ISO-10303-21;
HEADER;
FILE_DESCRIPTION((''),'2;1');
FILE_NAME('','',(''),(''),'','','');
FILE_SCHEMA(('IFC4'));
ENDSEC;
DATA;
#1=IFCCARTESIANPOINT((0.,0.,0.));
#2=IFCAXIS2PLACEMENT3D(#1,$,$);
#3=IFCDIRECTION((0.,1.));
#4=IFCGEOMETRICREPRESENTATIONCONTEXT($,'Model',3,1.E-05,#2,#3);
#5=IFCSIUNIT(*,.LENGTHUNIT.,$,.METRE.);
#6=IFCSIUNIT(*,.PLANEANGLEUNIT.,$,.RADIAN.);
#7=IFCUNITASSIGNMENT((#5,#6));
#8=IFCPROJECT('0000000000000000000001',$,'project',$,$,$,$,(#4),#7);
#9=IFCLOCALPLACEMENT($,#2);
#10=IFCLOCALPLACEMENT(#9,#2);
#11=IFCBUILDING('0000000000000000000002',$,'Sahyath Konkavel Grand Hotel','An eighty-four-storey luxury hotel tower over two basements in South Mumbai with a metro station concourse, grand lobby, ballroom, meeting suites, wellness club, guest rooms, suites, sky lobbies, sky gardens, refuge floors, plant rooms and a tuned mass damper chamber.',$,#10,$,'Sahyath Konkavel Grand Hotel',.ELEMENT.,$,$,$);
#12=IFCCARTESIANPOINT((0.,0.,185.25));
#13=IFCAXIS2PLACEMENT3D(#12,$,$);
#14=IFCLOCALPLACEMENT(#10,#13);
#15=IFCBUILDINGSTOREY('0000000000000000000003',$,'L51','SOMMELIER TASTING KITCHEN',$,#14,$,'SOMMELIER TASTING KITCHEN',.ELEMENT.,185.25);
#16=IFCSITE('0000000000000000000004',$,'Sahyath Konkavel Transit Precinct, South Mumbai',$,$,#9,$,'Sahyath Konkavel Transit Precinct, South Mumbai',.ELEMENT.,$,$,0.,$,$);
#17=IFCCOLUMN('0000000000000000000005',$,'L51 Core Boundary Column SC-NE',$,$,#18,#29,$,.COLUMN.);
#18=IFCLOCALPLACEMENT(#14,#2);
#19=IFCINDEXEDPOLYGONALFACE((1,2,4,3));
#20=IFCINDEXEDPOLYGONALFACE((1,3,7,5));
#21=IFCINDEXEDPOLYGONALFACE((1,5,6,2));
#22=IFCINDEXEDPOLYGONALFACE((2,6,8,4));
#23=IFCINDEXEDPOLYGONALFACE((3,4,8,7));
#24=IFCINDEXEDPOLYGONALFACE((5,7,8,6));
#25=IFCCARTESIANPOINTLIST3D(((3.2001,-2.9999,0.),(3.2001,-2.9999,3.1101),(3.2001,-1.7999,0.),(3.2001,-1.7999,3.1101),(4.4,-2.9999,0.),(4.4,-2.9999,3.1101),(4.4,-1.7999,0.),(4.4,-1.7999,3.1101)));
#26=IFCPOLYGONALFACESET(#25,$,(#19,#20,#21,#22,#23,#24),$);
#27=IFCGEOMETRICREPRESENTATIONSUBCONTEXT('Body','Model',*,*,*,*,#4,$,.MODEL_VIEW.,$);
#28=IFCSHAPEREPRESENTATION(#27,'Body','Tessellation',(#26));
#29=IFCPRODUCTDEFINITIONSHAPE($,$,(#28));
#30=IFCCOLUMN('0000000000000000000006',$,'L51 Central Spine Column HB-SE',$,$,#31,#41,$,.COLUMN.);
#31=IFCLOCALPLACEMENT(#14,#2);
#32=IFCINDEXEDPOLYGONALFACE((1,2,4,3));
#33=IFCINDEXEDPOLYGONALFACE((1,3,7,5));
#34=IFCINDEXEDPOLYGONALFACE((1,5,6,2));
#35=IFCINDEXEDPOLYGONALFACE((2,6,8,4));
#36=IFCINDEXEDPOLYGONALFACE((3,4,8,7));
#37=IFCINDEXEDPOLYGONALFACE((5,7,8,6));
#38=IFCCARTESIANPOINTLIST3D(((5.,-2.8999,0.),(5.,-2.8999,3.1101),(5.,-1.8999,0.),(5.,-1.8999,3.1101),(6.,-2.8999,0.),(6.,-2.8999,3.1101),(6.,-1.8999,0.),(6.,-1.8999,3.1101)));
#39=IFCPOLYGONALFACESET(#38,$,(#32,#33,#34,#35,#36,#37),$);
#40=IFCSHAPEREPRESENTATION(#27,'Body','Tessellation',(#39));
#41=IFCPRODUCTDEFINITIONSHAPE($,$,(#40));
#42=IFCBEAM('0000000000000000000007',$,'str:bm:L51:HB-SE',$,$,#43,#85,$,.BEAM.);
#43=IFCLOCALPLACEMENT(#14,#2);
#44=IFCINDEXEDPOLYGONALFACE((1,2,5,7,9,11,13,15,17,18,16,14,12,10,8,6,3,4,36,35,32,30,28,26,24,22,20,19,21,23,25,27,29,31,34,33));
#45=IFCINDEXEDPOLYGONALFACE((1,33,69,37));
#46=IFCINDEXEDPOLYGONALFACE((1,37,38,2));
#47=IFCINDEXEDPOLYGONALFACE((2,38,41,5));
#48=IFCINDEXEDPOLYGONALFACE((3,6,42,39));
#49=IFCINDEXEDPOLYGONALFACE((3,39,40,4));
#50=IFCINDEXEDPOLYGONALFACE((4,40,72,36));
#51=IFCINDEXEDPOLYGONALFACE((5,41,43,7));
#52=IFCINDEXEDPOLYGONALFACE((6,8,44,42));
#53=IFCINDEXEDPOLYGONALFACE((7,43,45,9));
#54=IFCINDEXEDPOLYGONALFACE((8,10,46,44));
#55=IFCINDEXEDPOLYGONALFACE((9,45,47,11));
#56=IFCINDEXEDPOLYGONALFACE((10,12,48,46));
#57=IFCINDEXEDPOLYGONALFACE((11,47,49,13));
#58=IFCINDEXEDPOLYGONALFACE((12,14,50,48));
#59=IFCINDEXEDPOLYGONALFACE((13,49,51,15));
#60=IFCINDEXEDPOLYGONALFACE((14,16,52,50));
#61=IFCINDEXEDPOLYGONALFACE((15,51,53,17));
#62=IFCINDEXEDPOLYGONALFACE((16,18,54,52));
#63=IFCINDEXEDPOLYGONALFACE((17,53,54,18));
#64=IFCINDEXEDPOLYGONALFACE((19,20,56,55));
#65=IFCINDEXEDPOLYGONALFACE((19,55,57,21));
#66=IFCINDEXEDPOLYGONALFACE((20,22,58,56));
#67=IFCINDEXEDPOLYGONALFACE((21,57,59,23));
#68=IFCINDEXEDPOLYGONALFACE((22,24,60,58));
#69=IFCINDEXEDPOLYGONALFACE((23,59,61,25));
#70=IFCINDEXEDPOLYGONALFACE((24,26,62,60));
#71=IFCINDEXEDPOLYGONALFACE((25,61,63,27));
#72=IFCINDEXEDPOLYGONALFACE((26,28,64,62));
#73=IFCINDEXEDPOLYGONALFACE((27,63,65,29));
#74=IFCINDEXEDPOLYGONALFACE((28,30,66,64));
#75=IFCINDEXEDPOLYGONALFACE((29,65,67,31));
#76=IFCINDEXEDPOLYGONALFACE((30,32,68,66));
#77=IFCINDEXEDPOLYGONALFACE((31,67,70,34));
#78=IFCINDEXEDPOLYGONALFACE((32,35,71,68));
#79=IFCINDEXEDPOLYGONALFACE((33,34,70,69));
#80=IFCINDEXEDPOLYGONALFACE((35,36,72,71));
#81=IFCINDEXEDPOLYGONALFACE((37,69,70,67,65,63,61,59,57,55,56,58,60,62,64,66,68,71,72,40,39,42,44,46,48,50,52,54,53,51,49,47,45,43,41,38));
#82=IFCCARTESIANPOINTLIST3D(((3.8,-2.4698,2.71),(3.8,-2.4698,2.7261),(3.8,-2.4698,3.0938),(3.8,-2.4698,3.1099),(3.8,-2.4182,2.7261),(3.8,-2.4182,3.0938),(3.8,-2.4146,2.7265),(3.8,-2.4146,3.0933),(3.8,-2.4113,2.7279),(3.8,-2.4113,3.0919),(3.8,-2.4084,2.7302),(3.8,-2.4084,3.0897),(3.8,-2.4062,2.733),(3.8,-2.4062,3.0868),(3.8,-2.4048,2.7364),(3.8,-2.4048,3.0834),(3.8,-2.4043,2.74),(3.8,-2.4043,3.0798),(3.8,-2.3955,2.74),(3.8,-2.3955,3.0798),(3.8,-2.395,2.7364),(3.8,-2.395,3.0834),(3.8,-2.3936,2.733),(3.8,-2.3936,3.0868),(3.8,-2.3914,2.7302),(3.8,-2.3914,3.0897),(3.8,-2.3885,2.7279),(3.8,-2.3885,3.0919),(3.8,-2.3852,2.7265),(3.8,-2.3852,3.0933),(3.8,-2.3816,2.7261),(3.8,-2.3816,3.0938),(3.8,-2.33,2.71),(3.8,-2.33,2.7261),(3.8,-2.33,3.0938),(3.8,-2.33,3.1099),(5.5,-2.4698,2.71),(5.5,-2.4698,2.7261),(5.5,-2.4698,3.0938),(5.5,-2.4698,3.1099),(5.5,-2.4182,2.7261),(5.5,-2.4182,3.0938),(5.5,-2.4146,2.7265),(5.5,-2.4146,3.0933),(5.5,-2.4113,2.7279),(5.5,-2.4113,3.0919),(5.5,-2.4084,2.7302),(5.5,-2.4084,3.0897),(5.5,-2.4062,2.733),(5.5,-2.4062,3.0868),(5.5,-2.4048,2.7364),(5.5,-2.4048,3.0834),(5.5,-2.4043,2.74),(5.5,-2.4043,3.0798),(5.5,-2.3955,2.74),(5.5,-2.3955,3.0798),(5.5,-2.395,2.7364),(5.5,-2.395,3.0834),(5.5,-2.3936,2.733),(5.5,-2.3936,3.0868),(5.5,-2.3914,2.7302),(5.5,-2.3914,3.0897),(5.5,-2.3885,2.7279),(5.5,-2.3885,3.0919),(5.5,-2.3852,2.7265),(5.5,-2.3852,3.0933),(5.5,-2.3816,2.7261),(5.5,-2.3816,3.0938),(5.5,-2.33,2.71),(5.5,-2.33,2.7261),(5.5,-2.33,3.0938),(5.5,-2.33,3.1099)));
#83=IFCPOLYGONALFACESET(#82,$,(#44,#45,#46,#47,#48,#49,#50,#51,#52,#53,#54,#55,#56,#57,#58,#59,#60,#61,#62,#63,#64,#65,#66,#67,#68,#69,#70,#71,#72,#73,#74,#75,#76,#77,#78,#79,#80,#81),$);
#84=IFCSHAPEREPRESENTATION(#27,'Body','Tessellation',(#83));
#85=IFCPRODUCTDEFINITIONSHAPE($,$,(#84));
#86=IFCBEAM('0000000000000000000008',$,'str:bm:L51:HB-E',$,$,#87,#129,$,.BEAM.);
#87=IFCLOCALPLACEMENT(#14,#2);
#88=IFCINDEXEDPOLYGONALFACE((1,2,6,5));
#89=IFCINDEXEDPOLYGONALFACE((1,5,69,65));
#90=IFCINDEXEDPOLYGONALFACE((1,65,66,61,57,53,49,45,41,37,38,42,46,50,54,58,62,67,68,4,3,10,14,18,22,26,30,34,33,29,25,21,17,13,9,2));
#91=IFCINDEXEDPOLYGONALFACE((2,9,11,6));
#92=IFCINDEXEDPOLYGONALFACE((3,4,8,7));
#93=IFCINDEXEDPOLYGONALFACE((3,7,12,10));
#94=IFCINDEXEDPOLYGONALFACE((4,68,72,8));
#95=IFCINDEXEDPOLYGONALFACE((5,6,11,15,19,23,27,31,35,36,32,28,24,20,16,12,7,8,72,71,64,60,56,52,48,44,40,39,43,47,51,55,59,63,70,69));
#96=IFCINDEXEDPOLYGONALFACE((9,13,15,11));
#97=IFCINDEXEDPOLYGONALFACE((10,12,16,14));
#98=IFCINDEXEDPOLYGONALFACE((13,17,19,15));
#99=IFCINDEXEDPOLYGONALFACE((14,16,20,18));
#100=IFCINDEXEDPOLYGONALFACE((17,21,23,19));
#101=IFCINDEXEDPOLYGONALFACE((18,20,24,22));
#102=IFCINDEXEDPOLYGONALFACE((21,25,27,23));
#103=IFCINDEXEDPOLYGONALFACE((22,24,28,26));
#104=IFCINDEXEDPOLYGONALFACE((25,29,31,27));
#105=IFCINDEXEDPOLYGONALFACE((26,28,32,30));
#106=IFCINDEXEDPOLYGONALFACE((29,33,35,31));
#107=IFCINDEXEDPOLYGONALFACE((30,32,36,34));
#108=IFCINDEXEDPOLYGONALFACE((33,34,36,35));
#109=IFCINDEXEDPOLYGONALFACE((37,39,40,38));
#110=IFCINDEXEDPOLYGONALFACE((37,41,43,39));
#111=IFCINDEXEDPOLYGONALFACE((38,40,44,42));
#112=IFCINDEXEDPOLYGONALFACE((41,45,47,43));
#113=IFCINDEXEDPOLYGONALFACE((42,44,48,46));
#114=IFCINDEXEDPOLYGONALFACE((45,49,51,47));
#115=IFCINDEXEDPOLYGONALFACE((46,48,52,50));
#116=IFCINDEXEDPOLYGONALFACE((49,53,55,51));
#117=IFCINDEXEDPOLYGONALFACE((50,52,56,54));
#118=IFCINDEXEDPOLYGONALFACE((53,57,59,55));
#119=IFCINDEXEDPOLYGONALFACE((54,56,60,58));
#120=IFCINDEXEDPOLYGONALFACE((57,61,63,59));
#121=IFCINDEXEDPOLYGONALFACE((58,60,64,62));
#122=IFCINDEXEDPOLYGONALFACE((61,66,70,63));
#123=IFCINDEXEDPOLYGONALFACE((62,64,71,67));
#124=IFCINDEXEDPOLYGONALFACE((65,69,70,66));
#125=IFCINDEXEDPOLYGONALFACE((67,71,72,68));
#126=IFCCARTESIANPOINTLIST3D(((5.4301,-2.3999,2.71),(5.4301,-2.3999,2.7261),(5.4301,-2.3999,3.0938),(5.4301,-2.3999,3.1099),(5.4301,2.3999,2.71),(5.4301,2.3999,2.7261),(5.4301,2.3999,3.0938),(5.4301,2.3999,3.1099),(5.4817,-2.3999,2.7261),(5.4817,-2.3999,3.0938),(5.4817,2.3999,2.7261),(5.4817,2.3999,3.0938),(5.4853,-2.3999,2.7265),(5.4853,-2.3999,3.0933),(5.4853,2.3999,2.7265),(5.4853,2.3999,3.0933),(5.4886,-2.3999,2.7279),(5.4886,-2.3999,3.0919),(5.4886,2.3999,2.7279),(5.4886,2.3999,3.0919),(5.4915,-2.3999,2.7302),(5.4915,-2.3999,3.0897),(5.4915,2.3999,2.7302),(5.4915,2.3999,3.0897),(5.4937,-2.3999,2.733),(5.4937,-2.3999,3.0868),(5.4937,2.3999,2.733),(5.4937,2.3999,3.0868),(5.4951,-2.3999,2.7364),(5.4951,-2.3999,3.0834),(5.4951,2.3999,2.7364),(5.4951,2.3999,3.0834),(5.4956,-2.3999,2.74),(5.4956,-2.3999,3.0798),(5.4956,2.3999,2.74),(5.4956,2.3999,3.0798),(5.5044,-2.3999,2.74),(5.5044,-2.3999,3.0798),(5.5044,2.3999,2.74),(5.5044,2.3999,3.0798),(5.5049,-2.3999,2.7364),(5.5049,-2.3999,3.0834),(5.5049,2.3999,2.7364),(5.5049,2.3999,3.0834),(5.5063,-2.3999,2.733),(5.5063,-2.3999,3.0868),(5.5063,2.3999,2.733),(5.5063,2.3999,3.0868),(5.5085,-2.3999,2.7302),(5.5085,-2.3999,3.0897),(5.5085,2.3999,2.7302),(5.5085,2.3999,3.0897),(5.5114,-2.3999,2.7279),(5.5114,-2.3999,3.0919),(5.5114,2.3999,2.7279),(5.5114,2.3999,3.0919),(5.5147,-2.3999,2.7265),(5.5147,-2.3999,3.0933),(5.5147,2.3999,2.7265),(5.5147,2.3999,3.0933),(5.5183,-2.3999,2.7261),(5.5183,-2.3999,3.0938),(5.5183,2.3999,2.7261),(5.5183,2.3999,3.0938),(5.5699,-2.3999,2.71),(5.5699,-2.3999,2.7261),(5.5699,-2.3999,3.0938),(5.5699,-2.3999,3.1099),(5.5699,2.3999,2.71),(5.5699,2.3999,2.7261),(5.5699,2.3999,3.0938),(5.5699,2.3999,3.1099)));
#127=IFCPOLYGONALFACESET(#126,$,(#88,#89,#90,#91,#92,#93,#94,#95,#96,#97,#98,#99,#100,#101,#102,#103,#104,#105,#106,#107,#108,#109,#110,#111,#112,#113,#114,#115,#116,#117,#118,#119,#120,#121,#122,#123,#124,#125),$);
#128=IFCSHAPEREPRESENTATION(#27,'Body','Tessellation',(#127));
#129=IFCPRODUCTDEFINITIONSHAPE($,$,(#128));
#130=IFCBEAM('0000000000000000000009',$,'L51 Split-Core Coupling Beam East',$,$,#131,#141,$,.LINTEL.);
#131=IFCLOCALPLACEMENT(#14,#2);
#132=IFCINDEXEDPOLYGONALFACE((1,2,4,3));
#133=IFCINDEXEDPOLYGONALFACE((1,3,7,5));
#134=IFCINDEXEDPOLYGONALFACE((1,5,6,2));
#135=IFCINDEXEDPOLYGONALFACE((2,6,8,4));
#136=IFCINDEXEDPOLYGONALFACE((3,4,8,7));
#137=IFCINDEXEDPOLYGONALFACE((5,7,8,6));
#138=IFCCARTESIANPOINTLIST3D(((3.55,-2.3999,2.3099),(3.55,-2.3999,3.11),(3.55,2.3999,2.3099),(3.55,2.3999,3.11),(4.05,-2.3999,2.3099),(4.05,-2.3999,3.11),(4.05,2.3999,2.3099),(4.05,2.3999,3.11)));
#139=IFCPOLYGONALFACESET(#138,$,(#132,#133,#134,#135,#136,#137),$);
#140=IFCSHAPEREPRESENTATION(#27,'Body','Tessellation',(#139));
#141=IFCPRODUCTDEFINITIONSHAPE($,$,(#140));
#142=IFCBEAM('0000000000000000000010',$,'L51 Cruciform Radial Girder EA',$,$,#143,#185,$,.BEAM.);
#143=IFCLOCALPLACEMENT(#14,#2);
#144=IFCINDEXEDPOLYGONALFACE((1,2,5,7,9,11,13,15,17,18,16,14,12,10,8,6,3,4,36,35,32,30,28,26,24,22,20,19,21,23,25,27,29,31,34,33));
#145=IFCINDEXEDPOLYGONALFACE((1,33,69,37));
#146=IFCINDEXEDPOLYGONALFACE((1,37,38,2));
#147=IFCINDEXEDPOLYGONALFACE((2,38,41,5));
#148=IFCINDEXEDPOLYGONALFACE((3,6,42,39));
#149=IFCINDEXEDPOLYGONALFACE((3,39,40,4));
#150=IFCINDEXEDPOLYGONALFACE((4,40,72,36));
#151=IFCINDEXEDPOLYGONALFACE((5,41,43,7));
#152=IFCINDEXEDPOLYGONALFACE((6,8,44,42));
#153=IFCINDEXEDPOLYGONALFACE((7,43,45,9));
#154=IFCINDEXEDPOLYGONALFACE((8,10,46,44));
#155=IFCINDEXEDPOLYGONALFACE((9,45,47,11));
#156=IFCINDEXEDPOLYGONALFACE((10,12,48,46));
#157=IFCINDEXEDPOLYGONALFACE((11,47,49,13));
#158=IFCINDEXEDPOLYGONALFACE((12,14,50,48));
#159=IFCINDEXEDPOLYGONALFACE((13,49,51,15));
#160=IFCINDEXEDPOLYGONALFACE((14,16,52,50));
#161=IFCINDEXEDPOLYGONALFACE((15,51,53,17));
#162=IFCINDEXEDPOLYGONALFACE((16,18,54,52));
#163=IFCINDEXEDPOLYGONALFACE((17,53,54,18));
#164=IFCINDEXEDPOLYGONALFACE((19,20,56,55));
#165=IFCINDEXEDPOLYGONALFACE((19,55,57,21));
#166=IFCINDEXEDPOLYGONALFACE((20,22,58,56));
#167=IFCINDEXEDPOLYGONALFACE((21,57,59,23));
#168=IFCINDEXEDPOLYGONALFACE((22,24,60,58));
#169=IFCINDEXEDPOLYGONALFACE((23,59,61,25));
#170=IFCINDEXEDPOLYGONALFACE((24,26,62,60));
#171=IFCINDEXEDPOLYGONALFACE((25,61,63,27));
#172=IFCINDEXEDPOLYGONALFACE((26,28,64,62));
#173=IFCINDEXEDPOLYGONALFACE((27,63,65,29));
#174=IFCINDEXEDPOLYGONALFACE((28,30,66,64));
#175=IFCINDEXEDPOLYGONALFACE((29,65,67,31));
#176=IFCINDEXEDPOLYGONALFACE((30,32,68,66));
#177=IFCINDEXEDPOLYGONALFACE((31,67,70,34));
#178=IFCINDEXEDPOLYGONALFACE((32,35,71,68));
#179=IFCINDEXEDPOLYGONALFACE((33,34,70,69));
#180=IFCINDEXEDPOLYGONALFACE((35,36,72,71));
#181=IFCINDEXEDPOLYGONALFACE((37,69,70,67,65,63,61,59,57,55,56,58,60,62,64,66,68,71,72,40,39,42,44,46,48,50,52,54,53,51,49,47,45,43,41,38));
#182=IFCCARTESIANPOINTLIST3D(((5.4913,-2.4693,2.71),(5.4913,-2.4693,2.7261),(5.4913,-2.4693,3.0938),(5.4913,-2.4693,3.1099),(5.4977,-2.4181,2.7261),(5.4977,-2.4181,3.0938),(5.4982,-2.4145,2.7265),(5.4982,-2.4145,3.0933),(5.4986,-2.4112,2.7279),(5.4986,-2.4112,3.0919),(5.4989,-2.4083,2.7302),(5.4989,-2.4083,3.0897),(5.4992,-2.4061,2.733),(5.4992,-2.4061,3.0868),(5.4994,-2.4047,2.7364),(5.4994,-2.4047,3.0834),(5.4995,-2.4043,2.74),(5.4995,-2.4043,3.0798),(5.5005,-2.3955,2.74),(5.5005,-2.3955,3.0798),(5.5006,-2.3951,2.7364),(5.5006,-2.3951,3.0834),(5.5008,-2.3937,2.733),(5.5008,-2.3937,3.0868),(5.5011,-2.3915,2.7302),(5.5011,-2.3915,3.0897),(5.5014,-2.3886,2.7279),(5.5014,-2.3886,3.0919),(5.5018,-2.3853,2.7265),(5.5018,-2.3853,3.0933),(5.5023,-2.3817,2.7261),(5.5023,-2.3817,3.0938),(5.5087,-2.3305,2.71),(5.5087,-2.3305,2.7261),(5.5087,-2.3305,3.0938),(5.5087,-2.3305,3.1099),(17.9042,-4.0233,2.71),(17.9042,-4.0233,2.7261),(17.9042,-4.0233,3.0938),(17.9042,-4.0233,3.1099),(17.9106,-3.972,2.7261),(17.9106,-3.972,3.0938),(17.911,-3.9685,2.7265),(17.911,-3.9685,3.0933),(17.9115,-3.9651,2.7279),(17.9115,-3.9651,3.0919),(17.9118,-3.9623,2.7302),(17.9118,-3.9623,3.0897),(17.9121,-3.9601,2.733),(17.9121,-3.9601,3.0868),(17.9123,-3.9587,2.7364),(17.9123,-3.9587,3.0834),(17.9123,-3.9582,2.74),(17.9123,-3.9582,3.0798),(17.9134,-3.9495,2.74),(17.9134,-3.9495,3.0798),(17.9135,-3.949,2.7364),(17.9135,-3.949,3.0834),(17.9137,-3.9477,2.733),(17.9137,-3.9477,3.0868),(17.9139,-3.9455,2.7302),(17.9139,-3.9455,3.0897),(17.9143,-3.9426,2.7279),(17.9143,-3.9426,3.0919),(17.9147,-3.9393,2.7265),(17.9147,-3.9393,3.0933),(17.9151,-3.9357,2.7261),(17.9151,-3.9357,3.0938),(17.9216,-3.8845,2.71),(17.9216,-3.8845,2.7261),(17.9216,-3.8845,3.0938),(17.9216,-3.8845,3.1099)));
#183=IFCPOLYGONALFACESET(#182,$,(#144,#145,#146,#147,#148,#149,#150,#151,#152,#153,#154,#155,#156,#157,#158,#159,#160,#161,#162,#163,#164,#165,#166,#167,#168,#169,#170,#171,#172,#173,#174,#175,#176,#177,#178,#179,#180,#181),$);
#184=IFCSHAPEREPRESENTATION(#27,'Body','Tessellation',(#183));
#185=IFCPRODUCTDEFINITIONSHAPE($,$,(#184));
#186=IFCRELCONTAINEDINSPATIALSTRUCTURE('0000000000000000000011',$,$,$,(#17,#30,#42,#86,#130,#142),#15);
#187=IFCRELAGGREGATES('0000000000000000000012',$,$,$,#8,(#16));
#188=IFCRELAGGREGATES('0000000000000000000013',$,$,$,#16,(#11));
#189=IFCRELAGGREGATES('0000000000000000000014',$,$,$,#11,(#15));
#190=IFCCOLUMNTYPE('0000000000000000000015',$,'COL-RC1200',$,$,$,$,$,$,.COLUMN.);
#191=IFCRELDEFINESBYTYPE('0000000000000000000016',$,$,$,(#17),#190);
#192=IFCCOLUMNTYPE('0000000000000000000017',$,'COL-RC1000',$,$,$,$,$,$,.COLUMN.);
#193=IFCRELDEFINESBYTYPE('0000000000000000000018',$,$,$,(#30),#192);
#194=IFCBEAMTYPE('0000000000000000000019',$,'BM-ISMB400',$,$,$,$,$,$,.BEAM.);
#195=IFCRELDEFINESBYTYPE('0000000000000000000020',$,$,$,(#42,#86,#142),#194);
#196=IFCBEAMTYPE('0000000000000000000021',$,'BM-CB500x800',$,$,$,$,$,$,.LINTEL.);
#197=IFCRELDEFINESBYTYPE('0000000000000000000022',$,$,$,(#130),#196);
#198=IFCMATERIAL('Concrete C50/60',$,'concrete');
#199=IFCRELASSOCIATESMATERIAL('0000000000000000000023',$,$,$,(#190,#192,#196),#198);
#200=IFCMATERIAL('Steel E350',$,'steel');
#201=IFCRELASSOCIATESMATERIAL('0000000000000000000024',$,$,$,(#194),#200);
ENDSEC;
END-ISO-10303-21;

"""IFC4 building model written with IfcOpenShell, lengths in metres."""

from ifc_helpers import new_model, si_unit, direction, frame, origin, origin_2d, place, context, subcontext, project, spatial, rectangle, i_section, extrude, source, transform, mapped, material, material_profile, profile_set, type_object, element, save


model = new_model("IFC4")

# Units and contexts
model_context = context("Model", 3, precision=1e-05, world=origin(), true_north=direction((0.0, 1.0)))
body_context = subcontext(model_context, "Body", "Model", "MODEL_VIEW")
ifc_project = project(units=[si_unit("LENGTHUNIT", "METRE"), si_unit("PLANEANGLEUNIT", "RADIAN")], contexts=[model_context])

# Site, building, storey
site_placement = place(None, origin())
site = spatial("IfcSite", under=ifc_project, at=site_placement, Name="Sahyath Konkavel Transit Precinct, South Mumbai", LongName="Sahyath Konkavel Transit Precinct, South Mumbai", CompositionType="ELEMENT", RefElevation=0.0)
building_placement = place(site_placement, origin())
building = spatial("IfcBuilding", under=site, at=building_placement, Name="Sahyath Konkavel Grand Hotel", Description="An eighty-four-storey luxury hotel tower over two basements in South Mumbai with a metro station concourse, grand lobby, ballroom, meeting suites, wellness club, guest rooms, suites, sky lobbies, sky gardens, refuge floors, plant rooms and a tuned mass damper chamber.", LongName="Sahyath Konkavel Grand Hotel", CompositionType="ELEMENT")
storey_placement = place(building_placement, frame((0.0, 0.0, 185.25)))
storey = spatial("IfcBuildingStorey", under=building, at=storey_placement, Name="L51", Description="SOMMELIER TASTING KITCHEN", LongName="SOMMELIER TASTING KITCHEN", CompositionType="ELEMENT", Elevation=185.25)

# Columns
ifc_material_1 = material(Name="Concrete C50/60", Category="concrete")
ifc_material_profile_1 = material_profile(ifc_material_1, rectangle(XDim=1.2, YDim=1.2, at=origin_2d()), Name="RC 1200x1200")
ifc_profile_set_1 = profile_set([ifc_material_profile_1], Name="Concrete C50/60")
column_type_1 = type_object("IfcColumnType", Name="COL-RC1200", PredefinedType="COLUMN", material=ifc_profile_set_1)
shared_shape_1 = source(origin(), body_context, "Body", "SweptSolid", [
    extrude(rectangle(XDim=1.2, YDim=1.2, at=origin_2d()), origin(), (0.0, 0.0, 1.0), 3.1101),
])
column_1_placement = place(storey_placement, frame((3.8, -2.3999, 0.0), z_axis=(0.0, 0.0, 1.0), x_axis=(1.0, 0.0, 0.0)))
element("IfcColumn", 1, at=column_1_placement, inside=storey, type_object=column_type_1, Name="L51 Core Boundary Column SC-NE", PredefinedType="COLUMN", context=body_context, shape_type="MappedRepresentation", body=[
    mapped(shared_shape_1, transform((0.0, 0.0, 0.0), scale=1.0)),
])
ifc_material_profile_2 = material_profile(ifc_material_1, rectangle(XDim=1.0, YDim=1.0, at=origin_2d()), Name="RC 1000x1000")
ifc_profile_set_2 = profile_set([ifc_material_profile_2], Name="Concrete C50/60")
column_type_2 = type_object("IfcColumnType", Name="COL-RC1000", PredefinedType="COLUMN", material=ifc_profile_set_2)
shared_shape_2 = source(origin(), body_context, "Body", "SweptSolid", [
    extrude(rectangle(XDim=1.0, YDim=1.0, at=origin_2d()), origin(), (0.0, 0.0, 1.0), 3.1101),
])
column_2_placement = place(storey_placement, frame((5.5, -2.3999, 0.0), z_axis=(0.0, 0.0, 1.0), x_axis=(1.0, 0.0, 0.0)))
element("IfcColumn", 2, at=column_2_placement, inside=storey, type_object=column_type_2, Name="L51 Central Spine Column HB-SE", PredefinedType="COLUMN", context=body_context, shape_type="MappedRepresentation", body=[
    mapped(shared_shape_2, transform((0.0, 0.0, 0.0), scale=1.0)),
])

# Beams
ifc_material_2 = material(Name="Steel E350", Category="steel")
ifc_material_profile_3 = material_profile(ifc_material_2, i_section(OverallWidth=0.1399, OverallDepth=0.3999, WebThickness=0.0088, FlangeThickness=0.0161, FilletRadius=0.0139, at=origin_2d()), Name="ISMB 400")
ifc_profile_set_3 = profile_set([ifc_material_profile_3], Name="Steel E350")
beam_type_1 = type_object("IfcBeamType", Name="BM-ISMB400", PredefinedType="BEAM", material=ifc_profile_set_3)
shared_shape_3 = source(origin(), body_context, "Body", "SweptSolid", [
    extrude(i_section(OverallWidth=0.1399, OverallDepth=0.3999, WebThickness=0.0088, FlangeThickness=0.0161, FilletRadius=0.0139, at=origin_2d()), origin(), (0.0, 0.0, 1.0), 1.7),
])
beam_1_placement = place(storey_placement, frame((3.8, -2.3999, 2.9099), z_axis=(1.0, 0.0, 0.0), x_axis=(0.0, 1.0, 0.0)))
element("IfcBeam", 3, at=beam_1_placement, inside=storey, type_object=beam_type_1, Name="str:bm:L51:HB-SE", PredefinedType="BEAM", context=body_context, shape_type="MappedRepresentation", body=[
    mapped(shared_shape_3, transform((0.0, 0.0, 0.0), scale=1.0)),
])
shared_shape_4 = source(origin(), body_context, "Body", "SweptSolid", [
    extrude(i_section(OverallWidth=0.1399, OverallDepth=0.3999, WebThickness=0.0088, FlangeThickness=0.0161, FilletRadius=0.0139, at=origin_2d()), origin(), (0.0, 0.0, 1.0), 4.7998),
])
beam_2_placement = place(storey_placement, frame((5.5, -2.3999, 2.9099), z_axis=(0.0, 1.0, 0.0), x_axis=(-1.0, 0.0, 0.0)))
element("IfcBeam", 4, at=beam_2_placement, inside=storey, type_object=beam_type_1, Name="str:bm:L51:HB-E", PredefinedType="BEAM", context=body_context, shape_type="MappedRepresentation", body=[
    mapped(shared_shape_4, transform((0.0, 0.0, 0.0), scale=1.0)),
])
ifc_material_profile_4 = material_profile(ifc_material_1, rectangle(XDim=0.5, YDim=0.8, at=origin_2d()), Name="RC 500x800")
ifc_profile_set_4 = profile_set([ifc_material_profile_4], Name="Concrete C50/60")
beam_type_2 = type_object("IfcBeamType", Name="BM-CB500x800", PredefinedType="LINTEL", material=ifc_profile_set_4)
shared_shape_5 = source(origin(), body_context, "Body", "SweptSolid", [
    extrude(rectangle(XDim=0.5, YDim=0.8, at=origin_2d()), origin(), (0.0, 0.0, 1.0), 4.7998),
])
beam_3_placement = place(storey_placement, frame((3.8, -2.3999, 2.71), z_axis=(0.0, 1.0, 0.0), x_axis=(-1.0, 0.0, 0.0)))
element("IfcBeam", 5, at=beam_3_placement, inside=storey, type_object=beam_type_2, Name="L51 Split-Core Coupling Beam East", PredefinedType="LINTEL", context=body_context, shape_type="MappedRepresentation", body=[
    mapped(shared_shape_5, transform((0.0, 0.0, 0.0), scale=1.0)),
])
shared_shape_6 = source(origin(), body_context, "Body", "SweptSolid", [
    extrude(i_section(OverallWidth=0.1399, OverallDepth=0.3999, WebThickness=0.0088, FlangeThickness=0.0161, FilletRadius=0.0139, at=origin_2d()), origin(), (0.0, 0.0, 1.0), 12.5098),
])
beam_4_placement = place(storey_placement, frame((5.5, -2.3999, 2.9099), z_axis=(0.992255, -0.12422, 0.0), x_axis=(0.12422, 0.992255, 0.0)))
element("IfcBeam", 6, at=beam_4_placement, inside=storey, type_object=beam_type_1, Name="L51 Cruciform Radial Girder EA", PredefinedType="BEAM", context=body_context, shape_type="MappedRepresentation", body=[
    mapped(shared_shape_6, transform((0.0, 0.0, 0.0), scale=1.0)),
])

save(model, "model.ifc")
